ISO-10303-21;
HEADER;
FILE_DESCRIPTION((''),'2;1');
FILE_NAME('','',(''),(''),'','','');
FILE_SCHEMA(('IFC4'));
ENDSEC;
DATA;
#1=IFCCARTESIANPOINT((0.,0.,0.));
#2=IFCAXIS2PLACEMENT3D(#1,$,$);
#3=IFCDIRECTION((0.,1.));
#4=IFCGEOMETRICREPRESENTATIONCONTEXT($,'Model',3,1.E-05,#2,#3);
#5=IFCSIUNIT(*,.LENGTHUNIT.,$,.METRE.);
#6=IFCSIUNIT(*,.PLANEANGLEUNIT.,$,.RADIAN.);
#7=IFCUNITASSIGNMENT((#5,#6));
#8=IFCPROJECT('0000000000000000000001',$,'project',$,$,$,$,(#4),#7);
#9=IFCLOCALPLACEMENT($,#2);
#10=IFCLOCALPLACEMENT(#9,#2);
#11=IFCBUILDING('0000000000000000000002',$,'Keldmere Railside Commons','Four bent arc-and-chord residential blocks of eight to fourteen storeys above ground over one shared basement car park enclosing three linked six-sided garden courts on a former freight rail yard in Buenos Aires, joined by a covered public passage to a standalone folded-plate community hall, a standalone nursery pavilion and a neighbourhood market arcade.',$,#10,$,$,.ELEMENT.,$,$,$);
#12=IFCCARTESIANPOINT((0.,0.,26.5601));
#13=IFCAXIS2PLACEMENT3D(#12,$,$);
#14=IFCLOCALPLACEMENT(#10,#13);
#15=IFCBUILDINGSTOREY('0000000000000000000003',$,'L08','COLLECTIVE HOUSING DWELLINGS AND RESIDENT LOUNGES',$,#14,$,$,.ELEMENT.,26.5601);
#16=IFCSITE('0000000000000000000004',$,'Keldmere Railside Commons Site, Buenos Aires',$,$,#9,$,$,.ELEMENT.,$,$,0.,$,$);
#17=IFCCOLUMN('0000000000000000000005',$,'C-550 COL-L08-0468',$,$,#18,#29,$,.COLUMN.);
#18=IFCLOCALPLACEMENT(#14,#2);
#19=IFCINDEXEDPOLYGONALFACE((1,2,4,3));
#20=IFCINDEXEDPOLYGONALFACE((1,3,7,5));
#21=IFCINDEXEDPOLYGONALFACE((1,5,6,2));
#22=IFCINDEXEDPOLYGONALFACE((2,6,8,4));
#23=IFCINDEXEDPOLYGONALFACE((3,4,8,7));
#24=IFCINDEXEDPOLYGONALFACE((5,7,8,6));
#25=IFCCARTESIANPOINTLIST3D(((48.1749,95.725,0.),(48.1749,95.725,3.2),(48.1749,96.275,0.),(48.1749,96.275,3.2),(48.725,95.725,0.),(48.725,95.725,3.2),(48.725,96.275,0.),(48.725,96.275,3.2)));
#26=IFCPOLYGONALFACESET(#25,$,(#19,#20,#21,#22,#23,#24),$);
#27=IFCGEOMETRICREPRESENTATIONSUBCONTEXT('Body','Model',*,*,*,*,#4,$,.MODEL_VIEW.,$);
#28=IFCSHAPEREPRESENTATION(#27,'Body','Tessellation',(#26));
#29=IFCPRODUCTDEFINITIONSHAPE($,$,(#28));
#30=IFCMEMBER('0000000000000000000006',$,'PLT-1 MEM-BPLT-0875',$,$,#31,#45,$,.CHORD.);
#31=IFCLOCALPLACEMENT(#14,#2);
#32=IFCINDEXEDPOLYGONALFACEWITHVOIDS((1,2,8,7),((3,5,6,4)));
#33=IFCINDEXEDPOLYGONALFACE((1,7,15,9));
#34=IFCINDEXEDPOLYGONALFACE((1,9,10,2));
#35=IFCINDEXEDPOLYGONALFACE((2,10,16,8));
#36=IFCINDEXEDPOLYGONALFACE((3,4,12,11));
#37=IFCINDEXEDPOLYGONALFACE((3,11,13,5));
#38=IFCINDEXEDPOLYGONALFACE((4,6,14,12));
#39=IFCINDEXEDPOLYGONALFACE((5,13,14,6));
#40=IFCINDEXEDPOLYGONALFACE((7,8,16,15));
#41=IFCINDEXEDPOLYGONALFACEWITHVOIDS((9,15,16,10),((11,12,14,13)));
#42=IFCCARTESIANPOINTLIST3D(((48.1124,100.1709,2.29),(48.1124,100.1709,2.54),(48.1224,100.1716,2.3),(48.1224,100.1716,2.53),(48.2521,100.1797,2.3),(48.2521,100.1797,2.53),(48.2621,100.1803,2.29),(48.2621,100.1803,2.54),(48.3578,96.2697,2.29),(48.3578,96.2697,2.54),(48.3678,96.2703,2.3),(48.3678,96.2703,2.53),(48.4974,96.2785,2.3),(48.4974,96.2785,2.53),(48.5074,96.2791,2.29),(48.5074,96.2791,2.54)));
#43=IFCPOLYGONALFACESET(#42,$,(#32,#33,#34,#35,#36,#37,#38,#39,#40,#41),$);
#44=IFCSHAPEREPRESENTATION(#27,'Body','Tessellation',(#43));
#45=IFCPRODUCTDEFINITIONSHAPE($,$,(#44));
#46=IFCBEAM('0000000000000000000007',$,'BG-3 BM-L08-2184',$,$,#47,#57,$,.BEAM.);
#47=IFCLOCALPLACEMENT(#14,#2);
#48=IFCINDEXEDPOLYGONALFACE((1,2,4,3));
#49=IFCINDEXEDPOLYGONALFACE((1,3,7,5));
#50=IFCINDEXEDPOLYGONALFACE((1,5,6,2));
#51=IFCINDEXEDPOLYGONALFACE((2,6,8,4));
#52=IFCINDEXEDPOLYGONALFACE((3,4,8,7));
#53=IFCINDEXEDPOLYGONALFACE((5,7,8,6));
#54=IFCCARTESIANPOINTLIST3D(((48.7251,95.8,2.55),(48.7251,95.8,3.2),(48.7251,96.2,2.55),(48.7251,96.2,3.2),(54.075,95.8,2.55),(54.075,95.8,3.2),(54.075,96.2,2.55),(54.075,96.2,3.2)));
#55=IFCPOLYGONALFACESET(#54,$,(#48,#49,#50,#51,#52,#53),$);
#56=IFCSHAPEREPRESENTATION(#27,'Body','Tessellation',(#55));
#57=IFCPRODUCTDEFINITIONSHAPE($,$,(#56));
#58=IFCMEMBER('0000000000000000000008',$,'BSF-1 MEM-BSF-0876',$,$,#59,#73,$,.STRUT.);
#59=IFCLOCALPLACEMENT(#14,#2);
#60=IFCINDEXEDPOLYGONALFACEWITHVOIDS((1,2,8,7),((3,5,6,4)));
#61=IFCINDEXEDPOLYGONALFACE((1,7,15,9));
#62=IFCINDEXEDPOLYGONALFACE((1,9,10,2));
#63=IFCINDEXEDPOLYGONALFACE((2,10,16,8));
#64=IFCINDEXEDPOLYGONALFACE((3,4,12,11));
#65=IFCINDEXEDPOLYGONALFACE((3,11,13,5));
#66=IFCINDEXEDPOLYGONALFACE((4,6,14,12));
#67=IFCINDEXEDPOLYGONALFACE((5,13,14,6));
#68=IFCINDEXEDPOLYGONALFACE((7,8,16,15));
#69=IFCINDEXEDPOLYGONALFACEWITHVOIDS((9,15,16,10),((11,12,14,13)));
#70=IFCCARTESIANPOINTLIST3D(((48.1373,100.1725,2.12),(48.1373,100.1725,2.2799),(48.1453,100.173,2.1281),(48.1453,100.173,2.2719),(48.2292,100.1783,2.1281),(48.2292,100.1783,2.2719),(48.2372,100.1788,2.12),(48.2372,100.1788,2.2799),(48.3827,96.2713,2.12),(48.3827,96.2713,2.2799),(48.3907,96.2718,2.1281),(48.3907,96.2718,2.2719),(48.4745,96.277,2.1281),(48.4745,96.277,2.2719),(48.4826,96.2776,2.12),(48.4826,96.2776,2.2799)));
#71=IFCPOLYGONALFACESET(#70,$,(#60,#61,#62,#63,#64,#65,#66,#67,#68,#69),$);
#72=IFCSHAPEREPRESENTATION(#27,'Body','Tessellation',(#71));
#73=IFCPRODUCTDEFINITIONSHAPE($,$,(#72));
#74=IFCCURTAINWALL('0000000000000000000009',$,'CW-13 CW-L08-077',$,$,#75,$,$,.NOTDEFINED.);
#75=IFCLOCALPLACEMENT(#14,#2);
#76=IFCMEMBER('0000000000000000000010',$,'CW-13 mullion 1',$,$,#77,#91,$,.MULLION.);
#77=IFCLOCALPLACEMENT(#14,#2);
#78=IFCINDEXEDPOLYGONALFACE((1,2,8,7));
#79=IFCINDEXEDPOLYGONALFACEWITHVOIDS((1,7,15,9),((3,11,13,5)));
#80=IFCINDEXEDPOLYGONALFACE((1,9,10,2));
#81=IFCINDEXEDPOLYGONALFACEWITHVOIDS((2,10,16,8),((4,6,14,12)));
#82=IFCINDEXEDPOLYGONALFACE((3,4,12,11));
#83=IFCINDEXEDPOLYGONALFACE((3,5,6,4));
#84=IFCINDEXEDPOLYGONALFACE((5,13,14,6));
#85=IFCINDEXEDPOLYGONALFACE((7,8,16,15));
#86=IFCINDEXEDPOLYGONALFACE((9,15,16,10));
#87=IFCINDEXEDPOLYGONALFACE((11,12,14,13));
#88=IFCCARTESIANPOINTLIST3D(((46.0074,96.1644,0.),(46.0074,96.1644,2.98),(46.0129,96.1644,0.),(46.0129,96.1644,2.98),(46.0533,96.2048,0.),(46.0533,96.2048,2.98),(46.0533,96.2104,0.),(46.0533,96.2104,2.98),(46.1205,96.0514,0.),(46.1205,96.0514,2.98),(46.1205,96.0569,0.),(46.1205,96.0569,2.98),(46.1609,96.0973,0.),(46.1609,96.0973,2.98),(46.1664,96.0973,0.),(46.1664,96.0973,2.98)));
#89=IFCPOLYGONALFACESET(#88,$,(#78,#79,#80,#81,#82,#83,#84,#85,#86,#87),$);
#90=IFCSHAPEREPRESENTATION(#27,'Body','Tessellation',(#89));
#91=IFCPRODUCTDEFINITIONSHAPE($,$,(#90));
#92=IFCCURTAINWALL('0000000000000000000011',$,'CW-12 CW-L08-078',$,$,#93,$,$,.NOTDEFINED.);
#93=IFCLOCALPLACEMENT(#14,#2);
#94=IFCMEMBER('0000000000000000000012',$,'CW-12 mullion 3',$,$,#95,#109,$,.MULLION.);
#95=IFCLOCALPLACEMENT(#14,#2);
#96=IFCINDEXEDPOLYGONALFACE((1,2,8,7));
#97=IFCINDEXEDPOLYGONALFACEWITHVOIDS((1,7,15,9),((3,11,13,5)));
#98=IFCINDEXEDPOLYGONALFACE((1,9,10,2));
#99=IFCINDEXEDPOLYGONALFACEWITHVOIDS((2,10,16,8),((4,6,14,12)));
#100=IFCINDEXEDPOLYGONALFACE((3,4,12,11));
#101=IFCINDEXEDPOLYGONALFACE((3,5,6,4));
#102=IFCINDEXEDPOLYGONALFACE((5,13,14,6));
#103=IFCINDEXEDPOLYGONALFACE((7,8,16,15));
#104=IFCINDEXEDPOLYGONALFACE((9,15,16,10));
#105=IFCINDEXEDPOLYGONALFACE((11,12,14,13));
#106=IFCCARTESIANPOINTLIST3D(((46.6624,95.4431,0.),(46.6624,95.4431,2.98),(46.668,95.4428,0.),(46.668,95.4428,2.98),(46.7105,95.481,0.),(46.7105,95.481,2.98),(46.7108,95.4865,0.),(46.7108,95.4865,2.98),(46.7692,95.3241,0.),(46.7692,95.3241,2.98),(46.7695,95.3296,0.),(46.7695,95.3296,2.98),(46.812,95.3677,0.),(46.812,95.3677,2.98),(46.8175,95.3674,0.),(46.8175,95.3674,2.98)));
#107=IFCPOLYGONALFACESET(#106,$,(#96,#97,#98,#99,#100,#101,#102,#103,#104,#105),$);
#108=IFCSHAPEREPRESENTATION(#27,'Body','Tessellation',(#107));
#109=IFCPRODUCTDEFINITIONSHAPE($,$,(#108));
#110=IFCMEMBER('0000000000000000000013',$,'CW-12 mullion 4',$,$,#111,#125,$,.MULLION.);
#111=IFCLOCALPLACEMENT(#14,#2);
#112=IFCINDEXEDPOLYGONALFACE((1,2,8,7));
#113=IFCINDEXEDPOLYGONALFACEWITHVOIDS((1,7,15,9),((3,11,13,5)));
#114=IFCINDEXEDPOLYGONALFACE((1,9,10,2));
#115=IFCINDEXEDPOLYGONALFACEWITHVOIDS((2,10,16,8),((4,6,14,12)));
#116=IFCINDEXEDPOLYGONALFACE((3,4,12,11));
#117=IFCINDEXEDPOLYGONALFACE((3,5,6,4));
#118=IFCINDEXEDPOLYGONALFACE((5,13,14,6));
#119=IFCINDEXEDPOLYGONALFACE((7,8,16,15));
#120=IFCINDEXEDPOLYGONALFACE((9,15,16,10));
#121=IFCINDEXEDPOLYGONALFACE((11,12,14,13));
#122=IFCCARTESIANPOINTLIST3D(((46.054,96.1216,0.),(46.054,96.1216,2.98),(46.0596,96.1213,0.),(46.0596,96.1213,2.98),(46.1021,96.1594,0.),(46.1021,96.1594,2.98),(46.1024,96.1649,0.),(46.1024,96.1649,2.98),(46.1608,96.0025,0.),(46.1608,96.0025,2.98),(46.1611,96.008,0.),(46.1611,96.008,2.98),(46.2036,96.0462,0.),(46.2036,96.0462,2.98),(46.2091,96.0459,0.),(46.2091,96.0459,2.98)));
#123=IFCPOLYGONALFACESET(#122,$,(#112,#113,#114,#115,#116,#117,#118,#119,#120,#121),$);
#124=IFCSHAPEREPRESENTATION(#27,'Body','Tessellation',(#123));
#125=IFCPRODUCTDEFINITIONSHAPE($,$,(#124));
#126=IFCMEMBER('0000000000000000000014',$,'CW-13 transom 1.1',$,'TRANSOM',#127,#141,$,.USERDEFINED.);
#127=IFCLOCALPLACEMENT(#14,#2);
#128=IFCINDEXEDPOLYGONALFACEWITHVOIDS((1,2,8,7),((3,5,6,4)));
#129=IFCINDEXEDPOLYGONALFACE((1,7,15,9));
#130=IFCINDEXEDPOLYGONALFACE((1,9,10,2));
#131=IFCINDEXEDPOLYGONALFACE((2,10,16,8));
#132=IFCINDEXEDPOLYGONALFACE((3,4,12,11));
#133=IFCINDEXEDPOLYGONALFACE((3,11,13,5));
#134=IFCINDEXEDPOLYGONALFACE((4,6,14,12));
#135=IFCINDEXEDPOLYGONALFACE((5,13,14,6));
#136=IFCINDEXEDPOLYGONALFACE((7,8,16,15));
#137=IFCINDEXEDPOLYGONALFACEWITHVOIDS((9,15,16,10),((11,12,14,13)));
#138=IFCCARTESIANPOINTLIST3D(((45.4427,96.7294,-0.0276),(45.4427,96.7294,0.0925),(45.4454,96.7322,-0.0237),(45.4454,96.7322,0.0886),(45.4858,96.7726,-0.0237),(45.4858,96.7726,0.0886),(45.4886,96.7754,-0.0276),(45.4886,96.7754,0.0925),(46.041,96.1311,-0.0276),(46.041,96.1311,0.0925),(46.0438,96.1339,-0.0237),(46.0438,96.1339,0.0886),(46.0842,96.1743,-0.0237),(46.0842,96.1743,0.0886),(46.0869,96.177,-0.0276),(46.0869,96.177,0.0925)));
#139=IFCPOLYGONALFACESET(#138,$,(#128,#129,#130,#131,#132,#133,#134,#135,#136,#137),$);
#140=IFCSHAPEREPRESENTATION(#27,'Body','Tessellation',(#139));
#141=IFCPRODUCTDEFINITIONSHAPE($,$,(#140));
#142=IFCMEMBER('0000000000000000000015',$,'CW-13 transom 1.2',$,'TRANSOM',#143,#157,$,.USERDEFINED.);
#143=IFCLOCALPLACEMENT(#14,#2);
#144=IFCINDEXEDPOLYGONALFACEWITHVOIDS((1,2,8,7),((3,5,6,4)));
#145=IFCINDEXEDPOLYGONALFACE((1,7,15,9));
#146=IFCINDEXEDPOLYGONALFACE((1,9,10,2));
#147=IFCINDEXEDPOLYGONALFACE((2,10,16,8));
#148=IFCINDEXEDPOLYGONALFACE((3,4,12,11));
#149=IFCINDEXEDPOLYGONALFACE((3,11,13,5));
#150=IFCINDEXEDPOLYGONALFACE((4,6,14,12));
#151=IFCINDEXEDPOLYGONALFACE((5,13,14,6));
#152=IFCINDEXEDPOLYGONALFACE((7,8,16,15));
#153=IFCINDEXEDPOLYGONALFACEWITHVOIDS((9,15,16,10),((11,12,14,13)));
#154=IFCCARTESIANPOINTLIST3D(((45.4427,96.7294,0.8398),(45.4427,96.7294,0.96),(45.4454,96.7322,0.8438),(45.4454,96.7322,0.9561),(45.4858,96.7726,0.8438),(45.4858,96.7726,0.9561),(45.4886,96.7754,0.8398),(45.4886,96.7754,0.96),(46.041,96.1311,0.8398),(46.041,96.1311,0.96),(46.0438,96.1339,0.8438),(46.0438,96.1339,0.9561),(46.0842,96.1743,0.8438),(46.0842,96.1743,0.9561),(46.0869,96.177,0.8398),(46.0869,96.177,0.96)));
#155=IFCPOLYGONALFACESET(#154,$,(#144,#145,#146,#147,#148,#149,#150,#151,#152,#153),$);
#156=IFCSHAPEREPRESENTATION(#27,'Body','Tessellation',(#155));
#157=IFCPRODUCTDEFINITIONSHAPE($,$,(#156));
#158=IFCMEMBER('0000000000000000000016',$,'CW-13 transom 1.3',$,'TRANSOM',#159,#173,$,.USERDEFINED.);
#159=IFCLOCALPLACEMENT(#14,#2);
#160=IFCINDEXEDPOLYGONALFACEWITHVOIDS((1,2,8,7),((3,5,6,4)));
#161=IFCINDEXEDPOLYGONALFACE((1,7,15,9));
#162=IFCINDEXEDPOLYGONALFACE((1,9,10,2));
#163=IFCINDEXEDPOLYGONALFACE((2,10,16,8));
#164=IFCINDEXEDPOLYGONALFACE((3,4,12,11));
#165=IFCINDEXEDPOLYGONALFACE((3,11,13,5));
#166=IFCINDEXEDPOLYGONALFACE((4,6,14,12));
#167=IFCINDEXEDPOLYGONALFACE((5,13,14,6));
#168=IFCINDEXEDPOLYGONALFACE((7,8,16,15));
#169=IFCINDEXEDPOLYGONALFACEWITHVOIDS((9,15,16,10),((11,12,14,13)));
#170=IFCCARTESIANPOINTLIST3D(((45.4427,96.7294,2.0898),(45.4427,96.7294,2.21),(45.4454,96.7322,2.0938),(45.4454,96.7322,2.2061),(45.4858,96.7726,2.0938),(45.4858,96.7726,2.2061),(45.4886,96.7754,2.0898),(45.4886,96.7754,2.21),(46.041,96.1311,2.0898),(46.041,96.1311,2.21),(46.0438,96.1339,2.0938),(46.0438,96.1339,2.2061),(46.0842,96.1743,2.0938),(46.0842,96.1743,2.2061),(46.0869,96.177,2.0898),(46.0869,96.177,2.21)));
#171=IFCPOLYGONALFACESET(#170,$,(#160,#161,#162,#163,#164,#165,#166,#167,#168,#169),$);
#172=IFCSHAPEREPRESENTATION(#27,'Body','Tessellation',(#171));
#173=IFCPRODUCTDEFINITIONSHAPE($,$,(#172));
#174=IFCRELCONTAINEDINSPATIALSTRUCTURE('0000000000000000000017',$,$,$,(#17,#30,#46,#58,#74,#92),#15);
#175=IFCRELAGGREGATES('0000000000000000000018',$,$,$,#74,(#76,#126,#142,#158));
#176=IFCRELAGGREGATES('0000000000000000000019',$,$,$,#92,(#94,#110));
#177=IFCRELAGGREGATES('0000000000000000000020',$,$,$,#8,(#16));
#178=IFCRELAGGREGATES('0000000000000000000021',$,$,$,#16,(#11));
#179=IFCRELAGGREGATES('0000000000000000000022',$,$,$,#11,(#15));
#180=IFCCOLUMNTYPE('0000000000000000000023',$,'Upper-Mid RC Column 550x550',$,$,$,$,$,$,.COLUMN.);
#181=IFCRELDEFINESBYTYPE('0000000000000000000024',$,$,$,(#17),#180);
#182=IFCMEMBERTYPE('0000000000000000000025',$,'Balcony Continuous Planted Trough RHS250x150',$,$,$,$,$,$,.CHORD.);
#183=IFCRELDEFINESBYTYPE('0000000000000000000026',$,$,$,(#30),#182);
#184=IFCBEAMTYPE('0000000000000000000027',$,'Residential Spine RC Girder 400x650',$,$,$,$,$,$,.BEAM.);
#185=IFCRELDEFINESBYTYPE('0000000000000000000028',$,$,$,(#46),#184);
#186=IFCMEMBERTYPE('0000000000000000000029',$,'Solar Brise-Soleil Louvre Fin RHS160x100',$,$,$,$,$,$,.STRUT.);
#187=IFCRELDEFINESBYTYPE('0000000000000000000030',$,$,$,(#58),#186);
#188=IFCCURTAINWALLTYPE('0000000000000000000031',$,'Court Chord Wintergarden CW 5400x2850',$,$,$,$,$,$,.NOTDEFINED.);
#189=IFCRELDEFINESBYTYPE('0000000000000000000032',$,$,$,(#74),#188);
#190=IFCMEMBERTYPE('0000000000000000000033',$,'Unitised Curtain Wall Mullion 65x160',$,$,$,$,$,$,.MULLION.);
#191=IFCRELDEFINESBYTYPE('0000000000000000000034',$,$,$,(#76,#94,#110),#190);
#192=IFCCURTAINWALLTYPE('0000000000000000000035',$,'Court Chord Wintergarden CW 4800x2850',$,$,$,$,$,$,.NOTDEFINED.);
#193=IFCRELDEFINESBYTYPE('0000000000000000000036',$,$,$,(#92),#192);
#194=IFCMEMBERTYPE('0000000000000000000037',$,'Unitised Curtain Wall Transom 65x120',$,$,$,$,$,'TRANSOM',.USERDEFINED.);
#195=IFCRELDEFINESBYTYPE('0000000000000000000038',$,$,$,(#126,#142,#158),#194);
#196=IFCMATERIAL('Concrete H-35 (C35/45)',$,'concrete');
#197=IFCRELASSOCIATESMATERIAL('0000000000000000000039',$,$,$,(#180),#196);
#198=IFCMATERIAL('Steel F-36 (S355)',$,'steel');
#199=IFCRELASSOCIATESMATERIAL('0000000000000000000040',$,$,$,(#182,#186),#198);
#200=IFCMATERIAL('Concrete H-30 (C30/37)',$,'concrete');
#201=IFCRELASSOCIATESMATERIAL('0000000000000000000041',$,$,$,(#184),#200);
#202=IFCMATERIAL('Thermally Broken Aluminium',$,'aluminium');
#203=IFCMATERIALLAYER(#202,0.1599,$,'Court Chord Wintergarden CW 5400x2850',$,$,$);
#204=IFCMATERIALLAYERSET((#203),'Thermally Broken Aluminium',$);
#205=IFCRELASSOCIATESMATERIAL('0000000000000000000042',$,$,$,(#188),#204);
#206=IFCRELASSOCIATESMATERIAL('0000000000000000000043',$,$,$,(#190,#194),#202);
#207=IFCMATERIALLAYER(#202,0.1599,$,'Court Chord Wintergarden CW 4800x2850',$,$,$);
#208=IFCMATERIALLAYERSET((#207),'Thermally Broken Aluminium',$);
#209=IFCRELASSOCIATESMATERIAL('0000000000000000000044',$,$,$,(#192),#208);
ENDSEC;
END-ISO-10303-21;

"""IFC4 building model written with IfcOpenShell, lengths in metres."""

from ifc_helpers import new_model, si_unit, direction, frame, origin, origin_2d, place, context, subcontext, project, spatial, rectangle, hollow_rectangle, extrude, material, layer, layer_set, material_profile, profile_set, type_object, element, aggregate, save


model = new_model("IFC4")

# Units and contexts
model_context = context("Model", 3, precision=1e-05, world=origin(), true_north=direction((0.0, 1.0)))
body_context = subcontext(model_context, "Body", "Model", "MODEL_VIEW")
ifc_project = project(units=[si_unit("LENGTHUNIT", "METRE"), si_unit("PLANEANGLEUNIT", "RADIAN")], contexts=[model_context])

# Site, building, storey
site_placement = place(None, origin())
site = spatial("IfcSite", under=ifc_project, at=site_placement, Name="Keldmere Railside Commons Site, Buenos Aires", CompositionType="ELEMENT", RefElevation=0.0)
building_placement = place(site_placement, origin())
building = spatial("IfcBuilding", under=site, at=building_placement, Name="Keldmere Railside Commons", Description="Four bent arc-and-chord residential blocks of eight to fourteen storeys above ground over one shared basement car park enclosing three linked six-sided garden courts on a former freight rail yard in Buenos Aires, joined by a covered public passage to a standalone folded-plate community hall, a standalone nursery pavilion and a neighbourhood market arcade.", CompositionType="ELEMENT")
storey_placement = place(building_placement, frame((0.0, 0.0, 26.5601)))
storey = spatial("IfcBuildingStorey", under=building, at=storey_placement, Name="L08", Description="COLLECTIVE HOUSING DWELLINGS AND RESIDENT LOUNGES", CompositionType="ELEMENT", Elevation=26.5601)

# Column
ifc_material_1 = material(Name="Concrete H-35 (C35/45)", Category="concrete")
ifc_material_profile_1 = material_profile(ifc_material_1, rectangle(XDim=0.55, YDim=0.55, at=origin_2d()), Name="RC-550x550")
ifc_profile_set_1 = profile_set([ifc_material_profile_1], Name="Concrete H-35 (C35/45)")
column_type = type_object("IfcColumnType", Name="Upper-Mid RC Column 550x550", PredefinedType="COLUMN", material=ifc_profile_set_1)
column_placement = place(storey_placement, frame((48.45, 96.0, 0.0), z_axis=(0.0, 0.0, 1.0), x_axis=(1.0, 0.0, 0.0)))
element("IfcColumn", 1, at=column_placement, inside=storey, type_object=column_type, Name="C-550 COL-L08-0468", PredefinedType="COLUMN", context=body_context, shape_type="SweptSolid", body=[
    extrude(rectangle(XDim=0.55, YDim=0.55, at=origin_2d()), origin(), (0.0, 0.0, 1.0), 3.2),
])

# Member
ifc_material_2 = material(Name="Steel F-36 (S355)", Category="steel")
ifc_material_profile_2 = material_profile(ifc_material_2, hollow_rectangle(XDim=0.1499, YDim=0.25, WallThickness=0.01, at=origin_2d()), Name="RHS-250x150x10")
ifc_profile_set_2 = profile_set([ifc_material_profile_2], Name="Steel F-36 (S355)")
member_type_1 = type_object("IfcMemberType", Name="Balcony Continuous Planted Trough RHS250x150", PredefinedType="CHORD", material=ifc_profile_set_2)
member_1_placement = place(storey_placement, frame((48.4326, 96.2744, 2.415), z_axis=(-0.062771, 0.998028, 0.0), x_axis=(-0.998028, -0.062771, 0.0)))
element("IfcMember", 2, at=member_1_placement, inside=storey, type_object=member_type_1, Name="PLT-1 MEM-BPLT-0875", PredefinedType="CHORD", context=body_context, shape_type="SweptSolid", body=[
    extrude(hollow_rectangle(XDim=0.1499, YDim=0.25, WallThickness=0.01, at=origin_2d()), origin(), (0.0, 0.0, 1.0), 3.9089),
])

# Beam
ifc_material_3 = material(Name="Concrete H-30 (C30/37)", Category="concrete")
ifc_material_profile_3 = material_profile(ifc_material_3, rectangle(XDim=0.3999, YDim=0.6499, at=origin_2d()), Name="RC-400x650")
ifc_profile_set_3 = profile_set([ifc_material_profile_3], Name="Concrete H-30 (C30/37)")
beam_type = type_object("IfcBeamType", Name="Residential Spine RC Girder 400x650", PredefinedType="BEAM", material=ifc_profile_set_3)
beam_placement = place(storey_placement, frame((48.7251, 96.0, 2.875), z_axis=(1.0, 0.0, 0.0), x_axis=(0.0, 1.0, 0.0)))
element("IfcBeam", 3, at=beam_placement, inside=storey, type_object=beam_type, Name="BG-3 BM-L08-2184", PredefinedType="BEAM", context=body_context, shape_type="SweptSolid", body=[
    extrude(rectangle(XDim=0.3999, YDim=0.6499, at=origin_2d()), origin(), (0.0, 0.0, 1.0), 5.3499),
])

# Member
ifc_material_profile_4 = material_profile(ifc_material_2, hollow_rectangle(XDim=0.1001, YDim=0.1599, WallThickness=0.0081, at=origin_2d()), Name="RHS-160x100x8")
ifc_profile_set_4 = profile_set([ifc_material_profile_4], Name="Steel F-36 (S355)")
member_type_2 = type_object("IfcMemberType", Name="Solar Brise-Soleil Louvre Fin RHS160x100", PredefinedType="STRUT", material=ifc_profile_set_4)
member_2_placement = place(storey_placement, frame((48.4326, 96.2744, 2.2), z_axis=(-0.062771, 0.998028, 0.0), x_axis=(-0.998028, -0.062771, 0.0)))
element("IfcMember", 4, at=member_2_placement, inside=storey, type_object=member_type_2, Name="BSF-1 MEM-BSF-0876", PredefinedType="STRUT", context=body_context, shape_type="SweptSolid", body=[
    extrude(hollow_rectangle(XDim=0.1001, YDim=0.1599, WallThickness=0.0081, at=origin_2d()), origin(), (0.0, 0.0, 1.0), 3.9089),
])

# Curtain wall, member
ifc_material_4 = material(Name="Thermally Broken Aluminium", Category="aluminium")
ifc_layer_1 = layer(ifc_material_4, 0.1599, Name="Court Chord Wintergarden CW 5400x2850")
ifc_layer_set_1 = layer_set([ifc_layer_1], Name="Thermally Broken Aluminium")
curtain_wall_type_1 = type_object("IfcCurtainWallType", Name="Court Chord Wintergarden CW 5400x2850", PredefinedType="NOTDEFINED", material=ifc_layer_set_1)
curtain_wall_1_placement = place(storey_placement, origin())
curtain_wall_1 = element("IfcCurtainWall", 5, at=curtain_wall_1_placement, inside=storey, type_object=curtain_wall_type_1, Name="CW-13 CW-L08-077", PredefinedType="NOTDEFINED")
ifc_material_profile_5 = material_profile(ifc_material_4, hollow_rectangle(XDim=0.0649, YDim=0.1599, WallThickness=0.0039, at=origin_2d()), Name="ALU-MULL-65x160")
ifc_profile_set_5 = profile_set([ifc_material_profile_5], Name="Thermally Broken Aluminium")
member_type_3 = type_object("IfcMemberType", Name="Unitised Curtain Wall Mullion 65x160", PredefinedType="MULLION", material=ifc_profile_set_5)
member_3_placement = place(storey_placement, frame((46.0869, 96.1309, 0.0), z_axis=(0.0, 0.0, 1.0), x_axis=(-0.707107, -0.707107, 0.0)))
member_3 = element("IfcMember", 6, at=member_3_placement, type_object=member_type_3, Name="CW-13 mullion 1", PredefinedType="MULLION", context=body_context, shape_type="SweptSolid", body=[
    extrude(hollow_rectangle(XDim=0.0649, YDim=0.1599, WallThickness=0.0039, at=origin_2d()), origin(), (0.0, 0.0, 1.0), 2.98),
])

# Curtain wall, members
ifc_layer_2 = layer(ifc_material_4, 0.1599, Name="Court Chord Wintergarden CW 4800x2850")
ifc_layer_set_2 = layer_set([ifc_layer_2], Name="Thermally Broken Aluminium")
curtain_wall_type_2 = type_object("IfcCurtainWallType", Name="Court Chord Wintergarden CW 4800x2850", PredefinedType="NOTDEFINED", material=ifc_layer_set_2)
curtain_wall_2_placement = place(storey_placement, origin())
curtain_wall_2 = element("IfcCurtainWall", 7, at=curtain_wall_2_placement, inside=storey, type_object=curtain_wall_type_2, Name="CW-12 CW-L08-078", PredefinedType="NOTDEFINED")
member_4_placement = place(storey_placement, frame((46.74, 95.4053, 0.0), z_axis=(0.0, 0.0, 1.0), x_axis=(-0.744557, -0.667559, 0.0)))
member_4 = element("IfcMember", 8, at=member_4_placement, type_object=member_type_3, Name="CW-12 mullion 3", PredefinedType="MULLION", context=body_context, shape_type="SweptSolid", body=[
    extrude(hollow_rectangle(XDim=0.0649, YDim=0.1599, WallThickness=0.0039, at=origin_2d()), origin(), (0.0, 0.0, 1.0), 2.98),
])
member_5_placement = place(storey_placement, frame((46.1316, 96.0837, 0.0), z_axis=(0.0, 0.0, 1.0), x_axis=(-0.744557, -0.667559, 0.0)))
member_5 = element("IfcMember", 9, at=member_5_placement, type_object=member_type_3, Name="CW-12 mullion 4", PredefinedType="MULLION", context=body_context, shape_type="SweptSolid", body=[
    extrude(hollow_rectangle(XDim=0.0649, YDim=0.1599, WallThickness=0.0039, at=origin_2d()), origin(), (0.0, 0.0, 1.0), 2.98),
])

# Members
ifc_material_profile_6 = material_profile(ifc_material_4, hollow_rectangle(XDim=0.0649, YDim=0.1201, WallThickness=0.0039, at=origin_2d()), Name="ALU-TRAN-65x120")
ifc_profile_set_6 = profile_set([ifc_material_profile_6], Name="Thermally Broken Aluminium")
member_type_4 = type_object("IfcMemberType", Name="Unitised Curtain Wall Transom 65x120", ElementType="TRANSOM", PredefinedType="USERDEFINED", material=ifc_profile_set_6)
member_6_placement = place(storey_placement, frame((46.064, 96.1541, 0.0325), z_axis=(-0.707107, 0.707107, 0.0), x_axis=(-0.707107, -0.707107, 0.0)))
member_6 = element("IfcMember", 10, at=member_6_placement, type_object=member_type_4, Name="CW-13 transom 1.1", ObjectType="TRANSOM", PredefinedType="USERDEFINED", context=body_context, shape_type="SweptSolid", body=[
    extrude(hollow_rectangle(XDim=0.0649, YDim=0.1201, WallThickness=0.0039, at=origin_2d()), origin(), (0.0, 0.0, 1.0), 0.8462),
])
member_7_placement = place(storey_placement, frame((46.064, 96.1541, 0.8999), z_axis=(-0.707107, 0.707107, 0.0), x_axis=(-0.707107, -0.707107, 0.0)))
member_7 = element("IfcMember", 11, at=member_7_placement, type_object=member_type_4, Name="CW-13 transom 1.2", ObjectType="TRANSOM", PredefinedType="USERDEFINED", context=body_context, shape_type="SweptSolid", body=[
    extrude(hollow_rectangle(XDim=0.0649, YDim=0.1201, WallThickness=0.0039, at=origin_2d()), origin(), (0.0, 0.0, 1.0), 0.8462),
])
member_8_placement = place(storey_placement, frame((46.064, 96.1541, 2.1499), z_axis=(-0.707107, 0.707107, 0.0), x_axis=(-0.707107, -0.707107, 0.0)))
member_8 = element("IfcMember", 12, at=member_8_placement, type_object=member_type_4, Name="CW-13 transom 1.3", ObjectType="TRANSOM", PredefinedType="USERDEFINED", context=body_context, shape_type="SweptSolid", body=[
    extrude(hollow_rectangle(XDim=0.0649, YDim=0.1201, WallThickness=0.0039, at=origin_2d()), origin(), (0.0, 0.0, 1.0), 0.8462),
])

aggregate(curtain_wall_1, [member_3, member_6, member_7, member_8])
aggregate(curtain_wall_2, [member_4, member_5])

save(model, "model.ifc")
